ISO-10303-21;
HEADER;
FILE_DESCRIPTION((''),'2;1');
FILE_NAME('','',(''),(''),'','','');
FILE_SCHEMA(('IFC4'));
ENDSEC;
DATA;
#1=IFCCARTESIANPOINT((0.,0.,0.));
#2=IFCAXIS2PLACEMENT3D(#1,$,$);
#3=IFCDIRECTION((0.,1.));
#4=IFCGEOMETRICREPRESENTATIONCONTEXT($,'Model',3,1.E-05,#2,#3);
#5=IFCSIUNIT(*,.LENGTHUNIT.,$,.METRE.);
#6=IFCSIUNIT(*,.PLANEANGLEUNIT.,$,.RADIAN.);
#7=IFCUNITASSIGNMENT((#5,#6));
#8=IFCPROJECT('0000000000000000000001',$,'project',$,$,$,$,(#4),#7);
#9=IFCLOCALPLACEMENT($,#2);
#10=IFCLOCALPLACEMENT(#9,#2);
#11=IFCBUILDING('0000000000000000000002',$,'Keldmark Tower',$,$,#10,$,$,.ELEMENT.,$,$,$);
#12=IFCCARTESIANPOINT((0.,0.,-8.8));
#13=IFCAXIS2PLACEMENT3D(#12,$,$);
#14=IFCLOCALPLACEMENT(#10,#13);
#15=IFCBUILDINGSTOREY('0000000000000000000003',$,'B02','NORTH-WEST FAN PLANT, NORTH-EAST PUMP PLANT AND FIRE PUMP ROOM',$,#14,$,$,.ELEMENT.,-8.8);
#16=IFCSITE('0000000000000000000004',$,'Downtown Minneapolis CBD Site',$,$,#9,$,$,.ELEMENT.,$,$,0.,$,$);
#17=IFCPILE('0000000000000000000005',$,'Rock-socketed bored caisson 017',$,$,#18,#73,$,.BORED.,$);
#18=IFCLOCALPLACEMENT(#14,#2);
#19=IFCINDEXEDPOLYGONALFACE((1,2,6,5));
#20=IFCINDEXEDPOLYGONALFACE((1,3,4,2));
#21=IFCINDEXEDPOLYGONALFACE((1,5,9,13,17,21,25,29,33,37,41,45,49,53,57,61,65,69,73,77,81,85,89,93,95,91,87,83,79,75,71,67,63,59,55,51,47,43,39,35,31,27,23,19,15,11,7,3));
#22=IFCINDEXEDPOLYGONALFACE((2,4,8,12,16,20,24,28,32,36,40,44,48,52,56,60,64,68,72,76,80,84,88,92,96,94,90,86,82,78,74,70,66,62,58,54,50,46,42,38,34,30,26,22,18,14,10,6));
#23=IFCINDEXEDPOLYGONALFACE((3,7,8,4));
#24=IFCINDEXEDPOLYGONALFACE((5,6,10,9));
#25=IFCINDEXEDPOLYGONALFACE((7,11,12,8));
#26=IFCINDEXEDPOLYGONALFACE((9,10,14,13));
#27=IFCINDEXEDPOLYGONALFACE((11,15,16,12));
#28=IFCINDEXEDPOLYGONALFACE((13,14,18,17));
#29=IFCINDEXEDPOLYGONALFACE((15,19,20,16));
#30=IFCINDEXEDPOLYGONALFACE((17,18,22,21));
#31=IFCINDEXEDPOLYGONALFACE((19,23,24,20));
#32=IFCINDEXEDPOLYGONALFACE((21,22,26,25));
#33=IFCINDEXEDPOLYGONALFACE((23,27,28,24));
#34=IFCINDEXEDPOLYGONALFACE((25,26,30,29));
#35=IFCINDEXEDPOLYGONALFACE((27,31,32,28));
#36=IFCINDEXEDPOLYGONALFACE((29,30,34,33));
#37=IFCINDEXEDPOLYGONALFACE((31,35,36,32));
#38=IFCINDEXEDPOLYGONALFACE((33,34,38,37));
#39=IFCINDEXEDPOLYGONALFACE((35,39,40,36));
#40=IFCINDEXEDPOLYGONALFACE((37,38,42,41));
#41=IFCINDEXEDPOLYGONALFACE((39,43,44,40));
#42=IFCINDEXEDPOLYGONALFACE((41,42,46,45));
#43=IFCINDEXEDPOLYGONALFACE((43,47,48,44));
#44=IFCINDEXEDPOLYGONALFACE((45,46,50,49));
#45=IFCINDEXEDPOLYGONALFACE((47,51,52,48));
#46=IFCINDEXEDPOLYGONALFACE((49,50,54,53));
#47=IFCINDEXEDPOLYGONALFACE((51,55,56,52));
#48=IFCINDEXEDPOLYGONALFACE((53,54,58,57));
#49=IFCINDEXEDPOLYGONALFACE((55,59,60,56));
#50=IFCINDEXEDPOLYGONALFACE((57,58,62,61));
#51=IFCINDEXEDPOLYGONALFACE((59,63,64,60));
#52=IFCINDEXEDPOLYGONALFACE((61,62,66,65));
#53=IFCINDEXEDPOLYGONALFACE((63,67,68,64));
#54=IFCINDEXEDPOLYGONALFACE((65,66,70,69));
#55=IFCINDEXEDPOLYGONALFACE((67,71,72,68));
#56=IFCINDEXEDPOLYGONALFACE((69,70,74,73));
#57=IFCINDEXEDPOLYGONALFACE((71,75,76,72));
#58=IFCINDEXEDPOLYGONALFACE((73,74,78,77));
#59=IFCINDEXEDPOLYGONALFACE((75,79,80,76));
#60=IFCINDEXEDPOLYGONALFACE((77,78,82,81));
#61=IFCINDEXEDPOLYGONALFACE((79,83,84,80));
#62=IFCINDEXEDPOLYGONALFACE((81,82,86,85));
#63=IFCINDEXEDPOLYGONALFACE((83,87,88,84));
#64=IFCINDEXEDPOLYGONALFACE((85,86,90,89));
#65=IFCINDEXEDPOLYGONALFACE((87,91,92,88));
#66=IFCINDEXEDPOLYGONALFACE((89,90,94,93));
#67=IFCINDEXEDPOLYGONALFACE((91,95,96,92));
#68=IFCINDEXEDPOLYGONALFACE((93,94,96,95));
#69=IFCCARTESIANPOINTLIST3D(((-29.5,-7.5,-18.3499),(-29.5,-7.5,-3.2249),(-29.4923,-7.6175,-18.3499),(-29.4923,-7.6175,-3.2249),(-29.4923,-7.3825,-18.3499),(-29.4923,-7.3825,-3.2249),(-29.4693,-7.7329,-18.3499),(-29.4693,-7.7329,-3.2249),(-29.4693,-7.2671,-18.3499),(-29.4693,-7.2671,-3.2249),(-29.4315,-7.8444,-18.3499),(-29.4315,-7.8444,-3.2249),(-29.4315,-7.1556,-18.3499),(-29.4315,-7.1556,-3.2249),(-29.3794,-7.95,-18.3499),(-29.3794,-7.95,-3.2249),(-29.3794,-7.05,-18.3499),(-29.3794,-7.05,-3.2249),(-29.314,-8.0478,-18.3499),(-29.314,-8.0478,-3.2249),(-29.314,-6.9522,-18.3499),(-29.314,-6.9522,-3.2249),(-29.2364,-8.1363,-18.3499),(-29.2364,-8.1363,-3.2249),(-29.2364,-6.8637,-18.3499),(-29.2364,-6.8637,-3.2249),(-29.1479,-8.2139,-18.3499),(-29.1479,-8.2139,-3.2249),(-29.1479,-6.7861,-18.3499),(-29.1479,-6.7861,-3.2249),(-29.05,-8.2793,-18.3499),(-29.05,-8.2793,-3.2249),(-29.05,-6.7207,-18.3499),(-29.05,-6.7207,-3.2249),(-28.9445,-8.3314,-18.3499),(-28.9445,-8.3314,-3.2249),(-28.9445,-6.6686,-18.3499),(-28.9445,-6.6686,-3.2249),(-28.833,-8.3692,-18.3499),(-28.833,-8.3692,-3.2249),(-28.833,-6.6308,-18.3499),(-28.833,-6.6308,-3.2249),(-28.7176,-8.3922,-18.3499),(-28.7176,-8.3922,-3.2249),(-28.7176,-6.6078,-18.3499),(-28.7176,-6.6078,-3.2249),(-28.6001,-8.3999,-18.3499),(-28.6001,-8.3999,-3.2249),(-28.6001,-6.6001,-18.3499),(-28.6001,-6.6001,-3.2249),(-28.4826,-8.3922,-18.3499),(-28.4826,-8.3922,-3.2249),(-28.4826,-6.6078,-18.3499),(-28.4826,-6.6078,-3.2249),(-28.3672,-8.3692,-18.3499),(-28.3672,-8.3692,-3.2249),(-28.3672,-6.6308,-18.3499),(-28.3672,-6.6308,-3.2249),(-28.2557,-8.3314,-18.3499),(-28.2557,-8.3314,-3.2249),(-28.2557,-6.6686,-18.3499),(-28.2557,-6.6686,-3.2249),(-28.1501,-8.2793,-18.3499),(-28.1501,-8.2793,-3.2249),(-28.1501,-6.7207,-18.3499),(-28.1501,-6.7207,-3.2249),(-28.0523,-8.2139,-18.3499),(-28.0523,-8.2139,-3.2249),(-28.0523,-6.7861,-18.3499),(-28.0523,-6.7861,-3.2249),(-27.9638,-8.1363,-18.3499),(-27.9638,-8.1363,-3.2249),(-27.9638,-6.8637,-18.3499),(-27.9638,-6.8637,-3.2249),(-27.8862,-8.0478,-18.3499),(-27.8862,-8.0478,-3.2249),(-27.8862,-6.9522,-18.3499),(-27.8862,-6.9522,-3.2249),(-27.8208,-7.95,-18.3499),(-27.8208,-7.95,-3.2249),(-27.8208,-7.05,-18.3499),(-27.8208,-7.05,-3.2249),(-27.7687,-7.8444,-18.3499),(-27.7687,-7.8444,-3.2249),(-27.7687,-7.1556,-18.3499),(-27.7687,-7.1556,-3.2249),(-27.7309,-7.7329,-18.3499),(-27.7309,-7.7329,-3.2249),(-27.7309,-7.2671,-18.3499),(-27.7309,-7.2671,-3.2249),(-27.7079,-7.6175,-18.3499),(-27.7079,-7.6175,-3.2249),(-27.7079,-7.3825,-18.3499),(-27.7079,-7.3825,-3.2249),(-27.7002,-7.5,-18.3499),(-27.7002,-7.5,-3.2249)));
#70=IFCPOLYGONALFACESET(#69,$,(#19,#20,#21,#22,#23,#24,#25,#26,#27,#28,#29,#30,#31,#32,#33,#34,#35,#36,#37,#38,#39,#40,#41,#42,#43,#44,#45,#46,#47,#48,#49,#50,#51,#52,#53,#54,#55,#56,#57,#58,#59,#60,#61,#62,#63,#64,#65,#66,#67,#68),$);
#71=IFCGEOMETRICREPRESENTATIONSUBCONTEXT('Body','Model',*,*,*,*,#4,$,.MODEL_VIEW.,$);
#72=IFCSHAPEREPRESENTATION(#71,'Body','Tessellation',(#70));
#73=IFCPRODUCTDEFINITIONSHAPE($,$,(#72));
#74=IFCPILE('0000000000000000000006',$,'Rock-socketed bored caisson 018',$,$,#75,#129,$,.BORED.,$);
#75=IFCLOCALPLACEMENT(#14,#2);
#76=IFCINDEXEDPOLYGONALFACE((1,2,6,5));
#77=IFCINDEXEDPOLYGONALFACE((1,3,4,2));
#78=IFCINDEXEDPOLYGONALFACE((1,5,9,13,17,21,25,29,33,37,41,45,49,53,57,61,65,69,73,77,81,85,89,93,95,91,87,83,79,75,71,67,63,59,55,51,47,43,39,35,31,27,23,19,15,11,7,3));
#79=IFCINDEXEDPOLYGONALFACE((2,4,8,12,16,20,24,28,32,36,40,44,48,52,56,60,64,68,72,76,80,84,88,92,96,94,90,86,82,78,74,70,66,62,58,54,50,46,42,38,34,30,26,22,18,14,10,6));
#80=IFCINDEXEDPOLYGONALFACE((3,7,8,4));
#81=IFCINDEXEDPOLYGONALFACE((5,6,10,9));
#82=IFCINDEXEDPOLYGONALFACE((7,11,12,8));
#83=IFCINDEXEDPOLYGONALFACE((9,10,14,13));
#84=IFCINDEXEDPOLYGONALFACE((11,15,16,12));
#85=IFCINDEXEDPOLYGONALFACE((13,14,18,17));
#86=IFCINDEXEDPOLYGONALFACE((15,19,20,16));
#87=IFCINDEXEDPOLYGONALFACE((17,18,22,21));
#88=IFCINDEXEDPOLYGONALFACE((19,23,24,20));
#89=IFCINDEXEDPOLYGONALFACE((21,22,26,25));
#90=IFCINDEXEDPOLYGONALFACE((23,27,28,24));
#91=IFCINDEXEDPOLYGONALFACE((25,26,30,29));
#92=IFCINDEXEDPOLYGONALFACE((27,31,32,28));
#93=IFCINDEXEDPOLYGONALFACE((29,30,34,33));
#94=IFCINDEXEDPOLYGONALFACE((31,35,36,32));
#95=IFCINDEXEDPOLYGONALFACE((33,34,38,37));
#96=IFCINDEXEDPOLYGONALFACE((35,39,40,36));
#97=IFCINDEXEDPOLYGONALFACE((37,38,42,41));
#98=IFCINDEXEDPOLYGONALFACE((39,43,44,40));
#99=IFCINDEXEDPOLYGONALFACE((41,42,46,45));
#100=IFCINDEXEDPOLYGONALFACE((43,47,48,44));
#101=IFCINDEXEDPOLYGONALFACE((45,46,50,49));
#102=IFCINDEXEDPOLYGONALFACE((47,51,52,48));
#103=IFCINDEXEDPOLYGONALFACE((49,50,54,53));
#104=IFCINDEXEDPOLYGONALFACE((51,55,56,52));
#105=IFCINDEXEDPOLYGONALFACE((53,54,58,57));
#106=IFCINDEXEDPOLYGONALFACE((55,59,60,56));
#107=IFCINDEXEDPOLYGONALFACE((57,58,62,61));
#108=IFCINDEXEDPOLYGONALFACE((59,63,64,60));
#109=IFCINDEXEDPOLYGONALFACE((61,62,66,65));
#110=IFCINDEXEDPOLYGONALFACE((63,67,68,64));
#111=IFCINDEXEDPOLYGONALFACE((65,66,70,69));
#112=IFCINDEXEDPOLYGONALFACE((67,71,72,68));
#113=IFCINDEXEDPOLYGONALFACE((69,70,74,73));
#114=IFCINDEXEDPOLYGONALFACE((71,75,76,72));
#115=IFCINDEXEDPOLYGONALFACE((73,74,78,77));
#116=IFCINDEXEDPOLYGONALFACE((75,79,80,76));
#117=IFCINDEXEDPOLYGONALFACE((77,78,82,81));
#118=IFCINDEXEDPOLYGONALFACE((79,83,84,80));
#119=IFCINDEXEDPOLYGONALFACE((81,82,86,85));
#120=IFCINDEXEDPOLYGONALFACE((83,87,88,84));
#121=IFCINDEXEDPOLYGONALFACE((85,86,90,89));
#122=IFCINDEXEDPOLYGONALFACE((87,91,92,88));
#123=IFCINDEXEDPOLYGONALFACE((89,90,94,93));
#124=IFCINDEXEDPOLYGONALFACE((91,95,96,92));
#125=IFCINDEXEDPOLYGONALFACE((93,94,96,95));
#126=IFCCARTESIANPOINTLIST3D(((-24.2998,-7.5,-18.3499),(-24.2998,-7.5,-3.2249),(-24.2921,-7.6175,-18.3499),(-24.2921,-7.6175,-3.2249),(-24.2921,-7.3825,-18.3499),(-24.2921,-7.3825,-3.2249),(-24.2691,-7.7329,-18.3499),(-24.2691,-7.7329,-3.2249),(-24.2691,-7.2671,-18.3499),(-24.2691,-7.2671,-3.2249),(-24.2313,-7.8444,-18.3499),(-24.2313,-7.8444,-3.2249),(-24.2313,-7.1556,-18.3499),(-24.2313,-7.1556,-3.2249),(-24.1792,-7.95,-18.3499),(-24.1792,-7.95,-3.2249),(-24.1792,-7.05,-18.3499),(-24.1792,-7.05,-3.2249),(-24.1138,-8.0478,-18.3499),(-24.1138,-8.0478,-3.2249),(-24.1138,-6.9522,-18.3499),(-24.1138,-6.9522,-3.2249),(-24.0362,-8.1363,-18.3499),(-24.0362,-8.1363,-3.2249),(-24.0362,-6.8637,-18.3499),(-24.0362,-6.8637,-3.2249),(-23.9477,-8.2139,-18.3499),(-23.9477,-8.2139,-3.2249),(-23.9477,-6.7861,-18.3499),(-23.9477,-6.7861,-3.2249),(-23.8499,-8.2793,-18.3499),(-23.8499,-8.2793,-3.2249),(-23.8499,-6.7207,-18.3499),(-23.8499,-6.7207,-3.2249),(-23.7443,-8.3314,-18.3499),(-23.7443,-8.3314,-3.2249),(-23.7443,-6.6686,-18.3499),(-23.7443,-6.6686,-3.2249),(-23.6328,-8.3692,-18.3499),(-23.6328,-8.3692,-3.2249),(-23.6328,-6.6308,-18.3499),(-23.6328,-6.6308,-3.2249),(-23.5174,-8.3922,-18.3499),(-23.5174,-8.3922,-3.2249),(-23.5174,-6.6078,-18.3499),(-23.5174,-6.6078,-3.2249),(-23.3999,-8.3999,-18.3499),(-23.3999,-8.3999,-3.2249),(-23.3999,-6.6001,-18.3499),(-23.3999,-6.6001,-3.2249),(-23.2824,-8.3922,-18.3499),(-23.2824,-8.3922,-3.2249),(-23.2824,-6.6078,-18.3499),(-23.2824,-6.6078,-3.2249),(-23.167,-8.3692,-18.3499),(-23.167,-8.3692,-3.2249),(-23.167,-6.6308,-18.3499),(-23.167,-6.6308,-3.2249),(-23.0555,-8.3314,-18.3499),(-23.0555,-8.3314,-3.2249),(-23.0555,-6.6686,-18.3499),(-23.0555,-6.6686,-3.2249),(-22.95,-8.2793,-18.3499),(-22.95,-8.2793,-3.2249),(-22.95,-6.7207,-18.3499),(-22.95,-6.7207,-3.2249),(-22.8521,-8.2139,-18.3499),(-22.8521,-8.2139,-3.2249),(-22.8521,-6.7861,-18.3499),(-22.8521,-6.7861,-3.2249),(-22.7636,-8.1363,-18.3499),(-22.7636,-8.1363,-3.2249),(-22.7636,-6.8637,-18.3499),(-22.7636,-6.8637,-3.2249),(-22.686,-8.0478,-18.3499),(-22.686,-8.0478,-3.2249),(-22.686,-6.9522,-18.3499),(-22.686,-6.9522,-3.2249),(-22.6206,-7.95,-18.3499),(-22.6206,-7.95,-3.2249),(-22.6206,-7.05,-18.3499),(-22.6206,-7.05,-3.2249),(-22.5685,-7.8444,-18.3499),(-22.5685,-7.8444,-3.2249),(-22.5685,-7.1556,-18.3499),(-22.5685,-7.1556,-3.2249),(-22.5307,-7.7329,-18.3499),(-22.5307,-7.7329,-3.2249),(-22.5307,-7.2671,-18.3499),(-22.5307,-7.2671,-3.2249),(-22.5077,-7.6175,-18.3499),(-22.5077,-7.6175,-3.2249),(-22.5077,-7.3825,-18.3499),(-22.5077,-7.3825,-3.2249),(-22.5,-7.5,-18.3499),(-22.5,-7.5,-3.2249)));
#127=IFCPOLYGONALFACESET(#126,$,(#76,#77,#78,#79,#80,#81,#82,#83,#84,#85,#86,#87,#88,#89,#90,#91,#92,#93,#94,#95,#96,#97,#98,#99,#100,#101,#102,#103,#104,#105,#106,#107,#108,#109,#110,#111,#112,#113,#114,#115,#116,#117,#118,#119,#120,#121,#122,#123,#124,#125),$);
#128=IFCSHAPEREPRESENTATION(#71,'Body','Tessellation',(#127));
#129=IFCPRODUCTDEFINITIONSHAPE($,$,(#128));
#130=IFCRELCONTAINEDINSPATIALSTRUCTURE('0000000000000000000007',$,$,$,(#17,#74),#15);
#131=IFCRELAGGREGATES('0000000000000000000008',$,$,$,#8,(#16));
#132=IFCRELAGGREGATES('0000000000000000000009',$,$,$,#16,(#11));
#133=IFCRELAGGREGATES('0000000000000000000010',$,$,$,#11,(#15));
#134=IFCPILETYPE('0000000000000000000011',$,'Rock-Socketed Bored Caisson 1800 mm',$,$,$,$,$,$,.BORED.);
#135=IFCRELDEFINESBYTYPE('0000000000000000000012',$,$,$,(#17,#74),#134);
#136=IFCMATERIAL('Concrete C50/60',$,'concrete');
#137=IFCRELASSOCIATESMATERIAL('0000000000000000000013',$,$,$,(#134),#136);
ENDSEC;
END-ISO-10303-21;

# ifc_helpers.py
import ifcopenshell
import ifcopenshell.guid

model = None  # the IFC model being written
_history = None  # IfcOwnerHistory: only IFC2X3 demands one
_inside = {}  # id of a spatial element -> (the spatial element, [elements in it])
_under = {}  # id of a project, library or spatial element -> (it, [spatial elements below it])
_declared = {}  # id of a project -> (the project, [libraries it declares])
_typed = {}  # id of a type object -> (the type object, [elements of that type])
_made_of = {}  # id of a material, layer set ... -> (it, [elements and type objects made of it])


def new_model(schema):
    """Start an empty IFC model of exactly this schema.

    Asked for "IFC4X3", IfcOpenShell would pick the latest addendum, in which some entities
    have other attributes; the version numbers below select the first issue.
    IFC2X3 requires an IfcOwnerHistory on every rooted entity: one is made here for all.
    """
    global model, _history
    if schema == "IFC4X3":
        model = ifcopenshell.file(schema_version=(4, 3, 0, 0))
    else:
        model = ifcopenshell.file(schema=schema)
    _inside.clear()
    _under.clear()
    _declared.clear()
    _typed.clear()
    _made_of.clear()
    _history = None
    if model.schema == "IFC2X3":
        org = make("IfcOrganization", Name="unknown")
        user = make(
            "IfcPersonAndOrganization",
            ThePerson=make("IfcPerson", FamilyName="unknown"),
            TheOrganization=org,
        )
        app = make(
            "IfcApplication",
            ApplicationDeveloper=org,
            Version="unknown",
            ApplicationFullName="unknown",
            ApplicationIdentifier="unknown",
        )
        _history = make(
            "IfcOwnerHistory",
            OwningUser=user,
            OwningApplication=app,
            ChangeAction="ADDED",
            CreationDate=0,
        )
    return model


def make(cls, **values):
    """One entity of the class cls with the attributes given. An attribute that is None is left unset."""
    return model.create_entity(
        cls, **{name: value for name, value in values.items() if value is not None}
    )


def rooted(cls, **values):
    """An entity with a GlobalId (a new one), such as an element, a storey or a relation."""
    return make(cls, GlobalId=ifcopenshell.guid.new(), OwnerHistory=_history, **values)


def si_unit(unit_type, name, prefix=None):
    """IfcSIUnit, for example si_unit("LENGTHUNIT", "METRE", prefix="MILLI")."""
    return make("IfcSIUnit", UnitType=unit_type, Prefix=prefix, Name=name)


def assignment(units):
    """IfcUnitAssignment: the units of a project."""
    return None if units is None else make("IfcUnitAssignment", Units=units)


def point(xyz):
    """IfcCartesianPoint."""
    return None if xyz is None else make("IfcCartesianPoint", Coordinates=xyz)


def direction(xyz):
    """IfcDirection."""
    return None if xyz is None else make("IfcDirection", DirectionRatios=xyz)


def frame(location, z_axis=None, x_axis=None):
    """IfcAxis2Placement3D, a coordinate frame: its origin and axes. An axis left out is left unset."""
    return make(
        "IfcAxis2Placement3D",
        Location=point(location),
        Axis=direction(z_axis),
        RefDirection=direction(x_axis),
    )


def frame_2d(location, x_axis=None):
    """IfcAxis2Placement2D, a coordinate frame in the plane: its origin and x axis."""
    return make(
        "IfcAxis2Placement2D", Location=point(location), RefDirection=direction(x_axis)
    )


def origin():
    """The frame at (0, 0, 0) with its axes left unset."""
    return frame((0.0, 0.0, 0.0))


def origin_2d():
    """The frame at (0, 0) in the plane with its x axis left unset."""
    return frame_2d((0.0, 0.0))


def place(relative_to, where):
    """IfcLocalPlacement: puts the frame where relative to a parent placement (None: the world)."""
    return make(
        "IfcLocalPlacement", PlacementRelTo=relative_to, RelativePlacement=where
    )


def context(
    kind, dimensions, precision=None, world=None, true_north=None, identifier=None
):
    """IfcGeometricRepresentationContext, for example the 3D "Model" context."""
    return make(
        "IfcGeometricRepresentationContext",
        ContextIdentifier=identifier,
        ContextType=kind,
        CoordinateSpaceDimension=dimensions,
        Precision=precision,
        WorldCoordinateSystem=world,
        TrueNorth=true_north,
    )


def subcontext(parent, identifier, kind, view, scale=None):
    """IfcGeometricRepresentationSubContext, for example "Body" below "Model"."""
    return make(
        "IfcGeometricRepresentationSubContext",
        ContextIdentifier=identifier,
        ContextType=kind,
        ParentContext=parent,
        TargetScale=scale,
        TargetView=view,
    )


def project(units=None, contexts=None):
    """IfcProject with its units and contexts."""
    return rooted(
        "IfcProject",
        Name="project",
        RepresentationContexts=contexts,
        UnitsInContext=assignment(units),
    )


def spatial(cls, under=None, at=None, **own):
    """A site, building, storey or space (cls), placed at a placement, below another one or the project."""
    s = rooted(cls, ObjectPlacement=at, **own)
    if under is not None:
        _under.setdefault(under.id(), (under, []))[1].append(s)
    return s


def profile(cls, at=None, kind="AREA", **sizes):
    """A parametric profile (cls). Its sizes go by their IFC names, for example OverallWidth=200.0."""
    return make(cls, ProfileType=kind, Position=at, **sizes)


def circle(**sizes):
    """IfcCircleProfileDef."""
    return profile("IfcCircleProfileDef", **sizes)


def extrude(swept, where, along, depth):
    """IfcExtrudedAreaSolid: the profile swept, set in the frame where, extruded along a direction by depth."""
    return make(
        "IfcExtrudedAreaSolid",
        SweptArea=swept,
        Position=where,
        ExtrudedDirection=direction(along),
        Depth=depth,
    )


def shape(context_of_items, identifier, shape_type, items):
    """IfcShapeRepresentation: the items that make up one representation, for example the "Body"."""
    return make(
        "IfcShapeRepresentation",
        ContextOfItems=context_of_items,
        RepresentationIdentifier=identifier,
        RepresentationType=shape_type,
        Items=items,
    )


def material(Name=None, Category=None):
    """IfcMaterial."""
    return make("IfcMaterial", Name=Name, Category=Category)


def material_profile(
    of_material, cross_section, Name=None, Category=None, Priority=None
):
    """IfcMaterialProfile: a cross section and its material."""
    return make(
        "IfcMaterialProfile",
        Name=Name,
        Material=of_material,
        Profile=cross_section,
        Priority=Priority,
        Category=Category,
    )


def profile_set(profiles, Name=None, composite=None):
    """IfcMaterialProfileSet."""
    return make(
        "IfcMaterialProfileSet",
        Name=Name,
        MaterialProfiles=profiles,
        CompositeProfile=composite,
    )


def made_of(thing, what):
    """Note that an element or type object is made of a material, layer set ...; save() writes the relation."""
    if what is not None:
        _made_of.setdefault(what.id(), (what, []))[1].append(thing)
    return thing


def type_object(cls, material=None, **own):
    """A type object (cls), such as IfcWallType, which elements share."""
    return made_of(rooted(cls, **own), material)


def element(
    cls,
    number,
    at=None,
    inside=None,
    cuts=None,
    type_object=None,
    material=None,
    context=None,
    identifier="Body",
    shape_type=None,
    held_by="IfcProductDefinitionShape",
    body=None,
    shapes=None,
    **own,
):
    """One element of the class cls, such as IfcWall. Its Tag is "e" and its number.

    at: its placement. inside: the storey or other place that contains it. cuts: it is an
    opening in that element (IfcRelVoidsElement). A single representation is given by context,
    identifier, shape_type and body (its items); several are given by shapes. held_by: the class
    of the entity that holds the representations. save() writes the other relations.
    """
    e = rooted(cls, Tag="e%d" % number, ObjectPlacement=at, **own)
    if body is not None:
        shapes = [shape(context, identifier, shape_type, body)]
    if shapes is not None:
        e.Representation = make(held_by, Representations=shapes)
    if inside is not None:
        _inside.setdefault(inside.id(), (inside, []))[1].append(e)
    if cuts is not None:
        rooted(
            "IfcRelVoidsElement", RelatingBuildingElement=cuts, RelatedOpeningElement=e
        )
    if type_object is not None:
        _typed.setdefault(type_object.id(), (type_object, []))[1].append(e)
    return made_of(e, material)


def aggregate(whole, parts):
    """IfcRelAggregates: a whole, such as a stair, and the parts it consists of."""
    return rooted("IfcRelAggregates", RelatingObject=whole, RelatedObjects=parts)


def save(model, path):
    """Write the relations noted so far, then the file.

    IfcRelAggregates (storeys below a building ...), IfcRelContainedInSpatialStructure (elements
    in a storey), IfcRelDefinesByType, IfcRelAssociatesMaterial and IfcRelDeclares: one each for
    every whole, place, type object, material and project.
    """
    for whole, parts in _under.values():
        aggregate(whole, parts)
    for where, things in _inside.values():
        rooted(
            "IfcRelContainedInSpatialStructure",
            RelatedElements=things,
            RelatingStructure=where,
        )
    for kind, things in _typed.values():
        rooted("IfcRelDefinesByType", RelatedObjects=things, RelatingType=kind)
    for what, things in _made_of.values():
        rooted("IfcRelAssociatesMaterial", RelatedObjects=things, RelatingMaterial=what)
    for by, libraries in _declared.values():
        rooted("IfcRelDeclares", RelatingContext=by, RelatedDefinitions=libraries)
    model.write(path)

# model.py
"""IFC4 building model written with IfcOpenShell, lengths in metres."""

from ifc_helpers import new_model, si_unit, direction, frame, origin, origin_2d, place, context, subcontext, project, spatial, circle, extrude, material, material_profile, profile_set, type_object, element, save


model = new_model("IFC4")

# Units and contexts
model_context = context("Model", 3, precision=1e-05, world=origin(), true_north=direction((0.0, 1.0)))
body_context = subcontext(model_context, "Body", "Model", "MODEL_VIEW")
ifc_project = project(units=[si_unit("LENGTHUNIT", "METRE"), si_unit("PLANEANGLEUNIT", "RADIAN")], contexts=[model_context])

# Site, building, storey
site_placement = place(None, origin())
site = spatial("IfcSite", under=ifc_project, at=site_placement, Name="Downtown Minneapolis CBD Site", CompositionType="ELEMENT", RefElevation=0.0)
building_placement = place(site_placement, origin())
building = spatial("IfcBuilding", under=site, at=building_placement, Name="Keldmark Tower", CompositionType="ELEMENT")
storey_placement = place(building_placement, frame((0.0, 0.0, -8.8)))
storey = spatial("IfcBuildingStorey", under=building, at=storey_placement, Name="B02", Description="NORTH-WEST FAN PLANT, NORTH-EAST PUMP PLANT AND FIRE PUMP ROOM", CompositionType="ELEMENT", Elevation=-8.8)

# Piles
ifc_material_1 = material(Name="Concrete C50/60", Category="concrete")
ifc_material_profile_1 = material_profile(ifc_material_1, circle(Radius=0.8999, at=origin_2d()), Name="CAISSON1800")
ifc_profile_set_1 = profile_set([ifc_material_profile_1], Name="Concrete C50/60")
pile_type_1 = type_object("IfcPileType", Name="Rock-Socketed Bored Caisson 1800 mm", PredefinedType="BORED", material=ifc_profile_set_1)
for number, where, z_axis, x_axis, name in (
    (1, (-28.6001, -7.5, -3.2249), (0.0, 0.0, -1.0), (1.0, 0.0, 0.0), "Rock-socketed bored caisson 017"),
    (2, (-23.3999, -7.5, -3.2249), (0.0, 0.0, -1.0), (1.0, 0.0, 0.0), "Rock-socketed bored caisson 018"),
):
    element("IfcPile", number, at=place(storey_placement, frame(where, z_axis=z_axis, x_axis=x_axis)), inside=storey, type_object=pile_type_1, Name=name, PredefinedType="BORED", context=body_context, shape_type="SweptSolid", body=[
        extrude(circle(Radius=0.8999, at=origin_2d()), origin(), (0.0, 0.0, 1.0), 15.125),
    ])

save(model, "model.ifc")
